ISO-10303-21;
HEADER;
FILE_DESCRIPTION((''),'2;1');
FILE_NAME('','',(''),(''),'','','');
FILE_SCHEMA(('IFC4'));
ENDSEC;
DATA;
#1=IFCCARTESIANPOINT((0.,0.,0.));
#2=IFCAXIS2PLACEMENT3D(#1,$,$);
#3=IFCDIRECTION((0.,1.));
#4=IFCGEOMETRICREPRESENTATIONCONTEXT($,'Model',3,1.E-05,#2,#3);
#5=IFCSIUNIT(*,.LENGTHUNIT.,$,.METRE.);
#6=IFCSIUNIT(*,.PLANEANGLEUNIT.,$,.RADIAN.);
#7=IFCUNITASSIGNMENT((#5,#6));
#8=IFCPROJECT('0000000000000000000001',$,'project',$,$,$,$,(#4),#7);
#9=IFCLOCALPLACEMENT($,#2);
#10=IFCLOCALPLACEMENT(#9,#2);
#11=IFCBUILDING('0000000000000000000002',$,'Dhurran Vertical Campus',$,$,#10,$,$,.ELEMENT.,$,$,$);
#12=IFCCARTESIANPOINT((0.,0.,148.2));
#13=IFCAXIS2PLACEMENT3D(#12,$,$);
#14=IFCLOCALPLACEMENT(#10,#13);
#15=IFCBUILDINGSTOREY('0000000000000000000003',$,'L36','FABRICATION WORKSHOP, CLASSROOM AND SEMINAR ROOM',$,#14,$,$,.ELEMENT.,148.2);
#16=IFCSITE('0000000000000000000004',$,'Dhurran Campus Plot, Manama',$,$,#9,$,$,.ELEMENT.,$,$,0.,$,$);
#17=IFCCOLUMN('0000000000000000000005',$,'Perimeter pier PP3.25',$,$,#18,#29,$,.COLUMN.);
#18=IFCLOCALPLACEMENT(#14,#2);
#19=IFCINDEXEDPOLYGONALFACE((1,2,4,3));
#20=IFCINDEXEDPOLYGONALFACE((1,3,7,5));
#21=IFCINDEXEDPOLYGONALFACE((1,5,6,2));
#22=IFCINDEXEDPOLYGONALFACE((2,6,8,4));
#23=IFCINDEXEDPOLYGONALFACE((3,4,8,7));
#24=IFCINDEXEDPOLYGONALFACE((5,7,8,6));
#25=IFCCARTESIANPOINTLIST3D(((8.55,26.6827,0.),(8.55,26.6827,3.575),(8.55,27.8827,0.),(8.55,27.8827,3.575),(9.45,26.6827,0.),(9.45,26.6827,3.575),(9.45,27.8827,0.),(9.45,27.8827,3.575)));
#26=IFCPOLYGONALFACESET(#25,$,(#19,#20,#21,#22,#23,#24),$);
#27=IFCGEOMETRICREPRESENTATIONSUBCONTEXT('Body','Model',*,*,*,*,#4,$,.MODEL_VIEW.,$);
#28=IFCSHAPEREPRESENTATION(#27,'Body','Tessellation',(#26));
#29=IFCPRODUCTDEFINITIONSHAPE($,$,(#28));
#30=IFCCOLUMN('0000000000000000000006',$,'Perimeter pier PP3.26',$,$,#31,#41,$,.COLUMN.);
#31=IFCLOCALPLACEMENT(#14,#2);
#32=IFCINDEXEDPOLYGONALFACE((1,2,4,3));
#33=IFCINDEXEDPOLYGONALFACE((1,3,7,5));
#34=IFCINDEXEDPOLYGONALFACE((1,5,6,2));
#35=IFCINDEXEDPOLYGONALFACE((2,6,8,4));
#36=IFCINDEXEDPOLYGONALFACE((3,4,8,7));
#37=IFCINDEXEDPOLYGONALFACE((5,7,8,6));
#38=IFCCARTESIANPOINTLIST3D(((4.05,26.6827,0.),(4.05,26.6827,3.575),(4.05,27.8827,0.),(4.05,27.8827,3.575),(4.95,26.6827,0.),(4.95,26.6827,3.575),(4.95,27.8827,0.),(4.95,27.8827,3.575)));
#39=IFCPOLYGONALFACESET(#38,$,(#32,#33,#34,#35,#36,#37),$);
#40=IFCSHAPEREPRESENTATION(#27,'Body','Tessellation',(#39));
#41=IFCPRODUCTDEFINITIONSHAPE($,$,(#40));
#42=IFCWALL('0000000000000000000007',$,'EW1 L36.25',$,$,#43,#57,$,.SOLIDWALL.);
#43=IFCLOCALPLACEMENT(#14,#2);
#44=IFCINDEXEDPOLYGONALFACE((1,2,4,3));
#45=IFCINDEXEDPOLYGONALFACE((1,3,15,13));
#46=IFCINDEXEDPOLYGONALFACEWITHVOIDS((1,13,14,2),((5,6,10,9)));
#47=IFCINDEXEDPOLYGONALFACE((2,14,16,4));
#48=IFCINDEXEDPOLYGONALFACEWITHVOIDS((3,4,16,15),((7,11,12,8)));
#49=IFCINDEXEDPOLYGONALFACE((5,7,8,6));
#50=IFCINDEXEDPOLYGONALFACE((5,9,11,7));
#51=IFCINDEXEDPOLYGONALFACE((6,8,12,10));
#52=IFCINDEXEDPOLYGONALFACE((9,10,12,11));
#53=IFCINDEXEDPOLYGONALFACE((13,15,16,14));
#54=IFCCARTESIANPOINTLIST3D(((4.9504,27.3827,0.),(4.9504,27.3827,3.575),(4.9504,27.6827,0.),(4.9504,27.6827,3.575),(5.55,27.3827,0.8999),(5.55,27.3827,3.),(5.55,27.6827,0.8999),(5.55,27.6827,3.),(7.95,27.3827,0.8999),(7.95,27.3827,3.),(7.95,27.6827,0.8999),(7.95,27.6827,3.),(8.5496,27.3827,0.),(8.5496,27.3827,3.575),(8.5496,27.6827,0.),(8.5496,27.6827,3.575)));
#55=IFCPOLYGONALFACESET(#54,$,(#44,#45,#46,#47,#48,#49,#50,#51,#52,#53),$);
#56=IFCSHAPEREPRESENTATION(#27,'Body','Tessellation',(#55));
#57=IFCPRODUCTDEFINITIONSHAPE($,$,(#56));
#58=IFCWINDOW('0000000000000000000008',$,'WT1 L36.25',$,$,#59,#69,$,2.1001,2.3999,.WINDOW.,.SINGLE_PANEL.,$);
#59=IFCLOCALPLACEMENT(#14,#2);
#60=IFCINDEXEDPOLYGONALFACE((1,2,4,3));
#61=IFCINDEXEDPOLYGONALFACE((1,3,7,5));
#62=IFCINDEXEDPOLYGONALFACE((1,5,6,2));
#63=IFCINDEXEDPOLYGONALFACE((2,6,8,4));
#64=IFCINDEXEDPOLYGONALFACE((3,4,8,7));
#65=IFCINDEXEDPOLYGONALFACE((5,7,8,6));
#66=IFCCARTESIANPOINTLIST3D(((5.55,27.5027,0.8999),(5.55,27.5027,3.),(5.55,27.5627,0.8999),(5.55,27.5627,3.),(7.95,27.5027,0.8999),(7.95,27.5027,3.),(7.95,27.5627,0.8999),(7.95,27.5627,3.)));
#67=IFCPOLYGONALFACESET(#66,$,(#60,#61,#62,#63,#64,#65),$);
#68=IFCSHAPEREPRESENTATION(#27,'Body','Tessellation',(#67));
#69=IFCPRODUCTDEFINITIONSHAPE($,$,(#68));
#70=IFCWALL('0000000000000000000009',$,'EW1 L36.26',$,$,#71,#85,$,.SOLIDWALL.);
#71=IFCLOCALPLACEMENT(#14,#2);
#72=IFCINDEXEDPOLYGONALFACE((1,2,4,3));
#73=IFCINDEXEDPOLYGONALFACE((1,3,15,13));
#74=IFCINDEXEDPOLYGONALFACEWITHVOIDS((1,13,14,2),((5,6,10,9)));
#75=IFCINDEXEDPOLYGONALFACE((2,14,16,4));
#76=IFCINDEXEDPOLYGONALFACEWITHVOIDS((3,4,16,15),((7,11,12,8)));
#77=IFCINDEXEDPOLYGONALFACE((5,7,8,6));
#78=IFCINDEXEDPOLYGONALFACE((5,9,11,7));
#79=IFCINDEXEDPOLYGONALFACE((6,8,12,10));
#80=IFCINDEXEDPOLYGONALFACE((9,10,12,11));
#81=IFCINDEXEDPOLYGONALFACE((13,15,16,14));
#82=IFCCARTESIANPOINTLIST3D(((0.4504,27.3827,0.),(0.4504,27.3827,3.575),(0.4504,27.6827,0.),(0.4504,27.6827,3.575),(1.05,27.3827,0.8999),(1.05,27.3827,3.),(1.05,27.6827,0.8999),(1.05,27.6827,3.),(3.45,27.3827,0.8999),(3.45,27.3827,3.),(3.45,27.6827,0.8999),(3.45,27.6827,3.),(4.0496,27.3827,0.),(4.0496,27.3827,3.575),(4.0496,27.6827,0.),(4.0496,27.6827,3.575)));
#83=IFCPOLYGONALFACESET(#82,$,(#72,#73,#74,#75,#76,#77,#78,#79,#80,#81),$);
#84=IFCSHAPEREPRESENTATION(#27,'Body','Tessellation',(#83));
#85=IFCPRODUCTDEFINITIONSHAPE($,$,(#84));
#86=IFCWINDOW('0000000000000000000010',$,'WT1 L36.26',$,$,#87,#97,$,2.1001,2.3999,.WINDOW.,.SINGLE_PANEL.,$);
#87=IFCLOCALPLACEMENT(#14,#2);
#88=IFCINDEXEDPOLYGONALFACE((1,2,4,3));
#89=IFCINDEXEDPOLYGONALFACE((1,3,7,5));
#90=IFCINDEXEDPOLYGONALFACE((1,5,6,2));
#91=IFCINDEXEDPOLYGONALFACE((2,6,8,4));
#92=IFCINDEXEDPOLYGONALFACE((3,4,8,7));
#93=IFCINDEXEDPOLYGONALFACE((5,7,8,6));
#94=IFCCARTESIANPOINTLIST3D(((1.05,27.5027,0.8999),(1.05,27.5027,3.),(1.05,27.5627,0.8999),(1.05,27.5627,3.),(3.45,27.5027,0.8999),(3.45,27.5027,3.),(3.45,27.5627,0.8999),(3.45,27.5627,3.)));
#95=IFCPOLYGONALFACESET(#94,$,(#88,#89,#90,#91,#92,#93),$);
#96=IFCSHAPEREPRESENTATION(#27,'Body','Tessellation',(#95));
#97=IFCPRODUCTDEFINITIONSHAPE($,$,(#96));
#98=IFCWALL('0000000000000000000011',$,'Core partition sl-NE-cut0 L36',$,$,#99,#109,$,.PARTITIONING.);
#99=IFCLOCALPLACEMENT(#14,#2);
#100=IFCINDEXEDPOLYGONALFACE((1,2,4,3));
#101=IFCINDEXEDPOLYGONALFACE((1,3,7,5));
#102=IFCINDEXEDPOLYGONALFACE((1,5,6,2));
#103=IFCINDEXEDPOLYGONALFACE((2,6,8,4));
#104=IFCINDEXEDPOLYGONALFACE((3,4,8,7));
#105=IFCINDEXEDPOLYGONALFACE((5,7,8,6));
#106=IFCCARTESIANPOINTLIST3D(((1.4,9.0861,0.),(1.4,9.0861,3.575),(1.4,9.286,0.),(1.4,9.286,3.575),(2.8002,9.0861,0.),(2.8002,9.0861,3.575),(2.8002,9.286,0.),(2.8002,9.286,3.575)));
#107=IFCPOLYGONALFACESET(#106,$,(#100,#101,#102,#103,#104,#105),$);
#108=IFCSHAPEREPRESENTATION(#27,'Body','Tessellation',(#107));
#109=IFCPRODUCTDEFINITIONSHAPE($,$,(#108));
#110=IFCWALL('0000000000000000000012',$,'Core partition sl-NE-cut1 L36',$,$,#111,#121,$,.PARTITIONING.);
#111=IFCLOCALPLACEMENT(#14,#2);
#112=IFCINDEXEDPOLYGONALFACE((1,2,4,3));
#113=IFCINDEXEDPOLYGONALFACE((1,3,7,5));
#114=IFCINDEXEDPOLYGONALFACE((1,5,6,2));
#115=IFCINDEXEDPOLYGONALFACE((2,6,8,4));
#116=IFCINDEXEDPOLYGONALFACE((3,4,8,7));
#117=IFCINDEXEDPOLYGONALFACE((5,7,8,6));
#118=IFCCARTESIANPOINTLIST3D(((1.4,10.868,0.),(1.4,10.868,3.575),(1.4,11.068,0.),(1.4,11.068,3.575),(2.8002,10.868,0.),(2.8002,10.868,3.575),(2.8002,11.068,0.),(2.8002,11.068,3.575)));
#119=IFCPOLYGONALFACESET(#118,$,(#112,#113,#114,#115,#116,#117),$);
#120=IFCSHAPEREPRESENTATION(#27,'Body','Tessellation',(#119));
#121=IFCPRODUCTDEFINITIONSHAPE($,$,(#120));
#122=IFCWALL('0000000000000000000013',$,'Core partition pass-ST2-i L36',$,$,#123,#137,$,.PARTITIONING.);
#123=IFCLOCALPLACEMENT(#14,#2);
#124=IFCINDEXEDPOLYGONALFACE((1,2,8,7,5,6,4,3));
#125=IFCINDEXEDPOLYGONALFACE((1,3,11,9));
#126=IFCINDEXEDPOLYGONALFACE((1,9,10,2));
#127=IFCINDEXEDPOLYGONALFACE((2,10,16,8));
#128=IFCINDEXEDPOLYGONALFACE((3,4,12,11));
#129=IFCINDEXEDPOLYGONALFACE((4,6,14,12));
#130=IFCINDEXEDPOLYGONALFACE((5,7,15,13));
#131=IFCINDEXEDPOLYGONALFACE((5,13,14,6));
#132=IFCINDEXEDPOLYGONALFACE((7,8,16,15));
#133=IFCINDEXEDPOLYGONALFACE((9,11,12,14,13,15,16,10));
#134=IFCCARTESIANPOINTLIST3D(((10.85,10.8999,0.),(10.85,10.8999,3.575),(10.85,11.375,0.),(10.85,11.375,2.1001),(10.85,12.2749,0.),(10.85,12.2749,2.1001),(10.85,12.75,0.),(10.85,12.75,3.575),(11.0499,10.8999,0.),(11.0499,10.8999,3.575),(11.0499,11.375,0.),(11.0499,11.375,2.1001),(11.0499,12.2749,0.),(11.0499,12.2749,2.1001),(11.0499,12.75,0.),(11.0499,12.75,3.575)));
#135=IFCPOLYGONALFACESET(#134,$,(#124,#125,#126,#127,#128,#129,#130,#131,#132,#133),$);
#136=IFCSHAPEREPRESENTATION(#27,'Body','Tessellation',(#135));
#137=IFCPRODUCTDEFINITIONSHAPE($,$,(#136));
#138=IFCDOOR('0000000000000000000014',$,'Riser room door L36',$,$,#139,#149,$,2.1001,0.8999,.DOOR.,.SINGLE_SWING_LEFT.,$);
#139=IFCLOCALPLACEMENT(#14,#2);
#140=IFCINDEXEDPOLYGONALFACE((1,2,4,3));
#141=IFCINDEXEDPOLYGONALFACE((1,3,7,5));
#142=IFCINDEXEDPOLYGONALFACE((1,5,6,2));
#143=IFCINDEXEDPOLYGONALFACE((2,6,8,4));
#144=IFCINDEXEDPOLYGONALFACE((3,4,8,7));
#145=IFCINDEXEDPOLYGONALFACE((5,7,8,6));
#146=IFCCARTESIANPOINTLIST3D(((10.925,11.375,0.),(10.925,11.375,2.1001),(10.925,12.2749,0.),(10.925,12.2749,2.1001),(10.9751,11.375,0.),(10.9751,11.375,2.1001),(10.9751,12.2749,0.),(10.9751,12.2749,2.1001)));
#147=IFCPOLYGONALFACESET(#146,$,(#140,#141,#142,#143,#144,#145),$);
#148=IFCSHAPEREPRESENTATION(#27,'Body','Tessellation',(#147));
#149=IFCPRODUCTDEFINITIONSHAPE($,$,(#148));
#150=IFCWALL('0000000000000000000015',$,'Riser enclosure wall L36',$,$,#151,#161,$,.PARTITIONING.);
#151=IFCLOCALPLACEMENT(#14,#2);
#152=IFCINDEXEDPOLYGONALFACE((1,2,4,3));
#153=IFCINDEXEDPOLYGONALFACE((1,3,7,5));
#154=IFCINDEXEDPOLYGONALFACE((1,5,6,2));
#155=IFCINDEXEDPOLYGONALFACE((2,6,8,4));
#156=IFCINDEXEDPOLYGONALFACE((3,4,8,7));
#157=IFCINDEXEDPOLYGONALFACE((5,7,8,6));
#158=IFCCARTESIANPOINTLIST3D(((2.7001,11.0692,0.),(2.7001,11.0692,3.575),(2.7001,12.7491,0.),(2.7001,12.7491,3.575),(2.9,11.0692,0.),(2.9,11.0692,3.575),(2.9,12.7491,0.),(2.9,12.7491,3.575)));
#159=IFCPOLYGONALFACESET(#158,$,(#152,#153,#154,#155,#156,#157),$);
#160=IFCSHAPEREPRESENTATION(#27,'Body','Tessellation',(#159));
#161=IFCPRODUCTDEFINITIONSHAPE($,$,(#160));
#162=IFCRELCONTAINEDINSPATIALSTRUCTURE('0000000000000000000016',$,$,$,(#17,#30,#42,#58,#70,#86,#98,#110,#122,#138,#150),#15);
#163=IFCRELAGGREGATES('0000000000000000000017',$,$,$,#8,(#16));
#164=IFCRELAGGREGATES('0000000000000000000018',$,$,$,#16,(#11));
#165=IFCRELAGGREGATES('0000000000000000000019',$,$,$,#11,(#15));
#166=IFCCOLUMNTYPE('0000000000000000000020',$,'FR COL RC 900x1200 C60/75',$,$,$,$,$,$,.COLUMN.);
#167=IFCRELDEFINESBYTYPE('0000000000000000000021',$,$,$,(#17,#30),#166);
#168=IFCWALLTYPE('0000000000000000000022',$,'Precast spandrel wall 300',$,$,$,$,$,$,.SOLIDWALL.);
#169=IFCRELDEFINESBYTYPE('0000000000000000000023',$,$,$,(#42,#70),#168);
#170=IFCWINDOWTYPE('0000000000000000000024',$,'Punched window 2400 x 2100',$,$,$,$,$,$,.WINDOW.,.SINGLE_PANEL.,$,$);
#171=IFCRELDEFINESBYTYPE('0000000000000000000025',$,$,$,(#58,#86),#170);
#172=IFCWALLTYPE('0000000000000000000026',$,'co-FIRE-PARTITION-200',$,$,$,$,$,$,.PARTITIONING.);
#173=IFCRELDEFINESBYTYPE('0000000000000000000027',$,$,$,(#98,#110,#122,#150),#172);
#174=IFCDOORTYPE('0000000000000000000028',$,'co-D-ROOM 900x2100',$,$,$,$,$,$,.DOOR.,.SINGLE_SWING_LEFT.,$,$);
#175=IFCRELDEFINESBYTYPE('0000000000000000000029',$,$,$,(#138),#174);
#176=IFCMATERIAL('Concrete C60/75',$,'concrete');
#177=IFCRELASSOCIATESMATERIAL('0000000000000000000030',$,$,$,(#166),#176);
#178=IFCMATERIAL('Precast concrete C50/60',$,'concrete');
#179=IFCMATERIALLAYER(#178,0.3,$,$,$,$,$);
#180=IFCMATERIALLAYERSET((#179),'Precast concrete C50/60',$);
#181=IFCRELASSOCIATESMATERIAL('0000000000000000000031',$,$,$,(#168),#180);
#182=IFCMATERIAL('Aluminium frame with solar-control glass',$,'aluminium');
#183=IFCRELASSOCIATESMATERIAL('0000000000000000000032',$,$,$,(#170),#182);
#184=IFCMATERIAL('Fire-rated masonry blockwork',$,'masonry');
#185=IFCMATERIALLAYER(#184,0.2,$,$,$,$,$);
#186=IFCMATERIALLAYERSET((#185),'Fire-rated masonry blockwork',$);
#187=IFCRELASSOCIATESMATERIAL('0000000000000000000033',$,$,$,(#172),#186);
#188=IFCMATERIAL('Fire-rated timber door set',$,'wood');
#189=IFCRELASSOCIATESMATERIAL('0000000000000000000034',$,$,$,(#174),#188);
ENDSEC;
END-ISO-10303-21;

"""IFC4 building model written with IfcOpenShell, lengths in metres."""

from ifc_helpers import new_model, si_unit, direction, frame, frame_2d, origin, origin_2d, place, context, subcontext, project, spatial, rectangle, extrude, material, layer, layer_set, material_profile, profile_set, type_object, element, fill, save


model = new_model("IFC4")

# Units and contexts
model_context = context("Model", 3, precision=1e-05, world=origin(), true_north=direction((0.0, 1.0)))
body_context = subcontext(model_context, "Body", "Model", "MODEL_VIEW")
ifc_project = project(units=[si_unit("LENGTHUNIT", "METRE"), si_unit("PLANEANGLEUNIT", "RADIAN")], contexts=[model_context])

# Site, building, storey
site_placement = place(None, origin())
site = spatial("IfcSite", under=ifc_project, at=site_placement, Name="Dhurran Campus Plot, Manama", CompositionType="ELEMENT", RefElevation=0.0)
building_placement = place(site_placement, origin())
building = spatial("IfcBuilding", under=site, at=building_placement, Name="Dhurran Vertical Campus", CompositionType="ELEMENT")
storey_placement = place(building_placement, frame((0.0, 0.0, 148.2)))
storey = spatial("IfcBuildingStorey", under=building, at=storey_placement, Name="L36", Description="FABRICATION WORKSHOP, CLASSROOM AND SEMINAR ROOM", CompositionType="ELEMENT", Elevation=148.2)

# Columns
ifc_material_1 = material(Name="Concrete C60/75", Category="concrete")
ifc_material_profile = material_profile(ifc_material_1, rectangle(XDim=0.8999, YDim=1.2, at=origin_2d()), Name="RC 900x1200")
ifc_profile_set = profile_set([ifc_material_profile], Name="Concrete C60/75")
column_type = type_object("IfcColumnType", Name="FR COL RC 900x1200 C60/75", PredefinedType="COLUMN", material=ifc_profile_set)
for number, where, z_axis, x_axis, name in (
    (1, (9.0, 27.2827, 0.0), (0.0, 0.0, 1.0), (-1.0, 0.0, 0.0), "Perimeter pier PP3.25"),
    (2, (4.5, 27.2827, 0.0), (0.0, 0.0, 1.0), (-1.0, 0.0, 0.0), "Perimeter pier PP3.26"),
):
    element("IfcColumn", number, at=place(storey_placement, frame(where, z_axis=z_axis, x_axis=x_axis)), inside=storey, type_object=column_type, Name=name, PredefinedType="COLUMN", context=body_context, shape_type="SweptSolid", body=[
        extrude(rectangle(XDim=0.8999, YDim=1.2, at=origin_2d()), origin(), (0.0, 0.0, 1.0), 3.575),
    ])

# Walls, openings, windows
ifc_material_2 = material(Name="Precast concrete C50/60", Category="concrete")
ifc_layer_1 = layer(ifc_material_2, 0.3)
ifc_layer_set_1 = layer_set([ifc_layer_1], Name="Precast concrete C50/60")
wall_type_1 = type_object("IfcWallType", Name="Precast spandrel wall 300", PredefinedType="SOLIDWALL", material=ifc_layer_set_1)
wall_1_placement = place(storey_placement, frame((8.5496, 27.5327, 0.0), z_axis=(0.0, 0.0, 1.0), x_axis=(-1.0, 0.0, 0.0)))
wall_1 = element("IfcWall", 3, at=wall_1_placement, inside=storey, type_object=wall_type_1, Name="EW1 L36.25", PredefinedType="SOLIDWALL", context=body_context, shape_type="SweptSolid", body=[
    extrude(rectangle(XDim=3.5991, YDim=0.3, at=frame_2d((1.7996, 0.0))), origin(), (0.0, 0.0, 1.0), 3.575),
])
opening_1_placement = place(wall_1_placement, frame((0.5996, 0.0, 0.8999)))
opening_1 = element("IfcOpeningElement", 4, at=opening_1_placement, cuts=wall_1, PredefinedType="OPENING", context=body_context, shape_type="SweptSolid", body=[
    extrude(rectangle(XDim=2.3999, YDim=2.1001, at=frame_2d((1.2, 1.05))), frame((0.0, 0.1599, 0.0), z_axis=(0.0, -1.0, 0.0), x_axis=(1.0, 0.0, 0.0)), (0.0, 0.0, 1.0), 0.3201),
])
ifc_material_3 = material(Name="Aluminium frame with solar-control glass", Category="aluminium")
window_type = type_object("IfcWindowType", Name="Punched window 2400 x 2100", PartitioningType="SINGLE_PANEL", PredefinedType="WINDOW", material=ifc_material_3)
window_1_placement = place(opening_1_placement, origin())
window_1 = element("IfcWindow", 5, at=window_1_placement, inside=storey, type_object=window_type, Name="WT1 L36.25", OverallHeight=2.1001, OverallWidth=2.3999, PartitioningType="SINGLE_PANEL", PredefinedType="WINDOW", context=body_context, shape_type="SweptSolid", body=[
    extrude(rectangle(XDim=2.3999, YDim=2.1001, at=frame_2d((1.2, 1.05))), frame((0.0, 0.03, 0.0), z_axis=(0.0, -1.0, 0.0), x_axis=(1.0, 0.0, 0.0)), (0.0, 0.0, 1.0), 0.0601),
])
fill(opening_1, window_1)
wall_2_placement = place(storey_placement, frame((4.0496, 27.5327, 0.0), z_axis=(0.0, 0.0, 1.0), x_axis=(-1.0, 0.0, 0.0)))
wall_2 = element("IfcWall", 6, at=wall_2_placement, inside=storey, type_object=wall_type_1, Name="EW1 L36.26", PredefinedType="SOLIDWALL", context=body_context, shape_type="SweptSolid", body=[
    extrude(rectangle(XDim=3.5991, YDim=0.3, at=frame_2d((1.7996, 0.0))), origin(), (0.0, 0.0, 1.0), 3.575),
])
opening_2_placement = place(wall_2_placement, frame((0.5996, 0.0, 0.8999)))
opening_2 = element("IfcOpeningElement", 7, at=opening_2_placement, cuts=wall_2, PredefinedType="OPENING", context=body_context, shape_type="SweptSolid", body=[
    extrude(rectangle(XDim=2.3999, YDim=2.1001, at=frame_2d((1.2, 1.05))), frame((0.0, 0.1599, 0.0), z_axis=(0.0, -1.0, 0.0), x_axis=(1.0, 0.0, 0.0)), (0.0, 0.0, 1.0), 0.3201),
])
window_2_placement = place(opening_2_placement, origin())
window_2 = element("IfcWindow", 8, at=window_2_placement, inside=storey, type_object=window_type, Name="WT1 L36.26", OverallHeight=2.1001, OverallWidth=2.3999, PartitioningType="SINGLE_PANEL", PredefinedType="WINDOW", context=body_context, shape_type="SweptSolid", body=[
    extrude(rectangle(XDim=2.3999, YDim=2.1001, at=frame_2d((1.2, 1.05))), frame((0.0, 0.03, 0.0), z_axis=(0.0, -1.0, 0.0), x_axis=(1.0, 0.0, 0.0)), (0.0, 0.0, 1.0), 0.0601),
])
fill(opening_2, window_2)

# Walls
ifc_material_4 = material(Name="Fire-rated masonry blockwork", Category="masonry")
ifc_layer_2 = layer(ifc_material_4, 0.2)
ifc_layer_set_2 = layer_set([ifc_layer_2], Name="Fire-rated masonry blockwork")
wall_type_2 = type_object("IfcWallType", Name="co-FIRE-PARTITION-200", PredefinedType="PARTITIONING", material=ifc_layer_set_2)
for number, where, z_axis, x_axis, name in (
    (9, (1.3999, 9.186, 0.0), (0.0, 0.0, 1.0), (1.0, 0.0, 0.0), "Core partition sl-NE-cut0 L36"),
    (10, (1.3999, 10.968, 0.0), (0.0, 0.0, 1.0), (1.0, 0.0, 0.0), "Core partition sl-NE-cut1 L36"),
):
    element("IfcWall", number, at=place(storey_placement, frame(where, z_axis=z_axis, x_axis=x_axis)), inside=storey, type_object=wall_type_2, Name=name, PredefinedType="PARTITIONING", context=body_context, shape_type="SweptSolid", body=[
        extrude(rectangle(XDim=1.4001, YDim=0.2, at=frame_2d((0.7002, 0.0))), origin(), (0.0, 0.0, 1.0), 3.575),
    ])

# Wall, opening, door
wall_3_placement = place(storey_placement, frame((10.95, 10.8999, 0.0), z_axis=(0.0, 0.0, 1.0), x_axis=(0.0, 1.0, 0.0)))
wall_3 = element("IfcWall", 11, at=wall_3_placement, inside=storey, type_object=wall_type_2, Name="Core partition pass-ST2-i L36", PredefinedType="PARTITIONING", context=body_context, shape_type="SweptSolid", body=[
    extrude(rectangle(XDim=1.8501, YDim=0.2, at=frame_2d((0.925, 0.0))), origin(), (0.0, 0.0, 1.0), 3.575),
])
opening_3_placement = place(wall_3_placement, frame((0.4751, 0.0, 0.0)))
opening_3 = element("IfcOpeningElement", 12, at=opening_3_placement, cuts=wall_3, PredefinedType="OPENING", context=body_context, shape_type="SweptSolid", body=[
    extrude(rectangle(XDim=0.8999, YDim=2.1001, at=frame_2d((0.45, 1.05))), frame((0.0, 0.1099, 0.0), z_axis=(0.0, -1.0, 0.0), x_axis=(1.0, 0.0, 0.0)), (0.0, 0.0, 1.0), 0.22),
])
ifc_material_5 = material(Name="Fire-rated timber door set", Category="wood")
door_type_1 = type_object("IfcDoorType", Name="co-D-ROOM 900x2100", OperationType="SINGLE_SWING_LEFT", PredefinedType="DOOR", material=ifc_material_5)
door_1_placement = place(opening_3_placement, origin())
door_1 = element("IfcDoor", 13, at=door_1_placement, inside=storey, type_object=door_type_1, Name="Riser room door L36", OperationType="SINGLE_SWING_LEFT", OverallHeight=2.1001, OverallWidth=0.8999, PredefinedType="DOOR", context=body_context, shape_type="SweptSolid", body=[
    extrude(rectangle(XDim=0.8999, YDim=2.1001, at=frame_2d((0.45, 1.05))), frame((0.0, 0.0249, 0.0), z_axis=(0.0, -1.0, 0.0), x_axis=(1.0, 0.0, 0.0)), (0.0, 0.0, 1.0), 0.05),
])
fill(opening_3, door_1)

# Wall
wall_4_placement = place(storey_placement, frame((2.8, 12.749, 0.0), z_axis=(0.0, 0.0, 1.0), x_axis=(0.0, -1.0, 0.0)))
element("IfcWall", 14, at=wall_4_placement, inside=storey, type_object=wall_type_2, Name="Riser enclosure wall L36", PredefinedType="PARTITIONING", context=body_context, shape_type="SweptSolid", body=[
    extrude(rectangle(XDim=1.6799, YDim=0.2, at=frame_2d((0.8398, 0.0))), origin(), (0.0, 0.0, 1.0), 3.575),
])

save(model, "model.ifc")
